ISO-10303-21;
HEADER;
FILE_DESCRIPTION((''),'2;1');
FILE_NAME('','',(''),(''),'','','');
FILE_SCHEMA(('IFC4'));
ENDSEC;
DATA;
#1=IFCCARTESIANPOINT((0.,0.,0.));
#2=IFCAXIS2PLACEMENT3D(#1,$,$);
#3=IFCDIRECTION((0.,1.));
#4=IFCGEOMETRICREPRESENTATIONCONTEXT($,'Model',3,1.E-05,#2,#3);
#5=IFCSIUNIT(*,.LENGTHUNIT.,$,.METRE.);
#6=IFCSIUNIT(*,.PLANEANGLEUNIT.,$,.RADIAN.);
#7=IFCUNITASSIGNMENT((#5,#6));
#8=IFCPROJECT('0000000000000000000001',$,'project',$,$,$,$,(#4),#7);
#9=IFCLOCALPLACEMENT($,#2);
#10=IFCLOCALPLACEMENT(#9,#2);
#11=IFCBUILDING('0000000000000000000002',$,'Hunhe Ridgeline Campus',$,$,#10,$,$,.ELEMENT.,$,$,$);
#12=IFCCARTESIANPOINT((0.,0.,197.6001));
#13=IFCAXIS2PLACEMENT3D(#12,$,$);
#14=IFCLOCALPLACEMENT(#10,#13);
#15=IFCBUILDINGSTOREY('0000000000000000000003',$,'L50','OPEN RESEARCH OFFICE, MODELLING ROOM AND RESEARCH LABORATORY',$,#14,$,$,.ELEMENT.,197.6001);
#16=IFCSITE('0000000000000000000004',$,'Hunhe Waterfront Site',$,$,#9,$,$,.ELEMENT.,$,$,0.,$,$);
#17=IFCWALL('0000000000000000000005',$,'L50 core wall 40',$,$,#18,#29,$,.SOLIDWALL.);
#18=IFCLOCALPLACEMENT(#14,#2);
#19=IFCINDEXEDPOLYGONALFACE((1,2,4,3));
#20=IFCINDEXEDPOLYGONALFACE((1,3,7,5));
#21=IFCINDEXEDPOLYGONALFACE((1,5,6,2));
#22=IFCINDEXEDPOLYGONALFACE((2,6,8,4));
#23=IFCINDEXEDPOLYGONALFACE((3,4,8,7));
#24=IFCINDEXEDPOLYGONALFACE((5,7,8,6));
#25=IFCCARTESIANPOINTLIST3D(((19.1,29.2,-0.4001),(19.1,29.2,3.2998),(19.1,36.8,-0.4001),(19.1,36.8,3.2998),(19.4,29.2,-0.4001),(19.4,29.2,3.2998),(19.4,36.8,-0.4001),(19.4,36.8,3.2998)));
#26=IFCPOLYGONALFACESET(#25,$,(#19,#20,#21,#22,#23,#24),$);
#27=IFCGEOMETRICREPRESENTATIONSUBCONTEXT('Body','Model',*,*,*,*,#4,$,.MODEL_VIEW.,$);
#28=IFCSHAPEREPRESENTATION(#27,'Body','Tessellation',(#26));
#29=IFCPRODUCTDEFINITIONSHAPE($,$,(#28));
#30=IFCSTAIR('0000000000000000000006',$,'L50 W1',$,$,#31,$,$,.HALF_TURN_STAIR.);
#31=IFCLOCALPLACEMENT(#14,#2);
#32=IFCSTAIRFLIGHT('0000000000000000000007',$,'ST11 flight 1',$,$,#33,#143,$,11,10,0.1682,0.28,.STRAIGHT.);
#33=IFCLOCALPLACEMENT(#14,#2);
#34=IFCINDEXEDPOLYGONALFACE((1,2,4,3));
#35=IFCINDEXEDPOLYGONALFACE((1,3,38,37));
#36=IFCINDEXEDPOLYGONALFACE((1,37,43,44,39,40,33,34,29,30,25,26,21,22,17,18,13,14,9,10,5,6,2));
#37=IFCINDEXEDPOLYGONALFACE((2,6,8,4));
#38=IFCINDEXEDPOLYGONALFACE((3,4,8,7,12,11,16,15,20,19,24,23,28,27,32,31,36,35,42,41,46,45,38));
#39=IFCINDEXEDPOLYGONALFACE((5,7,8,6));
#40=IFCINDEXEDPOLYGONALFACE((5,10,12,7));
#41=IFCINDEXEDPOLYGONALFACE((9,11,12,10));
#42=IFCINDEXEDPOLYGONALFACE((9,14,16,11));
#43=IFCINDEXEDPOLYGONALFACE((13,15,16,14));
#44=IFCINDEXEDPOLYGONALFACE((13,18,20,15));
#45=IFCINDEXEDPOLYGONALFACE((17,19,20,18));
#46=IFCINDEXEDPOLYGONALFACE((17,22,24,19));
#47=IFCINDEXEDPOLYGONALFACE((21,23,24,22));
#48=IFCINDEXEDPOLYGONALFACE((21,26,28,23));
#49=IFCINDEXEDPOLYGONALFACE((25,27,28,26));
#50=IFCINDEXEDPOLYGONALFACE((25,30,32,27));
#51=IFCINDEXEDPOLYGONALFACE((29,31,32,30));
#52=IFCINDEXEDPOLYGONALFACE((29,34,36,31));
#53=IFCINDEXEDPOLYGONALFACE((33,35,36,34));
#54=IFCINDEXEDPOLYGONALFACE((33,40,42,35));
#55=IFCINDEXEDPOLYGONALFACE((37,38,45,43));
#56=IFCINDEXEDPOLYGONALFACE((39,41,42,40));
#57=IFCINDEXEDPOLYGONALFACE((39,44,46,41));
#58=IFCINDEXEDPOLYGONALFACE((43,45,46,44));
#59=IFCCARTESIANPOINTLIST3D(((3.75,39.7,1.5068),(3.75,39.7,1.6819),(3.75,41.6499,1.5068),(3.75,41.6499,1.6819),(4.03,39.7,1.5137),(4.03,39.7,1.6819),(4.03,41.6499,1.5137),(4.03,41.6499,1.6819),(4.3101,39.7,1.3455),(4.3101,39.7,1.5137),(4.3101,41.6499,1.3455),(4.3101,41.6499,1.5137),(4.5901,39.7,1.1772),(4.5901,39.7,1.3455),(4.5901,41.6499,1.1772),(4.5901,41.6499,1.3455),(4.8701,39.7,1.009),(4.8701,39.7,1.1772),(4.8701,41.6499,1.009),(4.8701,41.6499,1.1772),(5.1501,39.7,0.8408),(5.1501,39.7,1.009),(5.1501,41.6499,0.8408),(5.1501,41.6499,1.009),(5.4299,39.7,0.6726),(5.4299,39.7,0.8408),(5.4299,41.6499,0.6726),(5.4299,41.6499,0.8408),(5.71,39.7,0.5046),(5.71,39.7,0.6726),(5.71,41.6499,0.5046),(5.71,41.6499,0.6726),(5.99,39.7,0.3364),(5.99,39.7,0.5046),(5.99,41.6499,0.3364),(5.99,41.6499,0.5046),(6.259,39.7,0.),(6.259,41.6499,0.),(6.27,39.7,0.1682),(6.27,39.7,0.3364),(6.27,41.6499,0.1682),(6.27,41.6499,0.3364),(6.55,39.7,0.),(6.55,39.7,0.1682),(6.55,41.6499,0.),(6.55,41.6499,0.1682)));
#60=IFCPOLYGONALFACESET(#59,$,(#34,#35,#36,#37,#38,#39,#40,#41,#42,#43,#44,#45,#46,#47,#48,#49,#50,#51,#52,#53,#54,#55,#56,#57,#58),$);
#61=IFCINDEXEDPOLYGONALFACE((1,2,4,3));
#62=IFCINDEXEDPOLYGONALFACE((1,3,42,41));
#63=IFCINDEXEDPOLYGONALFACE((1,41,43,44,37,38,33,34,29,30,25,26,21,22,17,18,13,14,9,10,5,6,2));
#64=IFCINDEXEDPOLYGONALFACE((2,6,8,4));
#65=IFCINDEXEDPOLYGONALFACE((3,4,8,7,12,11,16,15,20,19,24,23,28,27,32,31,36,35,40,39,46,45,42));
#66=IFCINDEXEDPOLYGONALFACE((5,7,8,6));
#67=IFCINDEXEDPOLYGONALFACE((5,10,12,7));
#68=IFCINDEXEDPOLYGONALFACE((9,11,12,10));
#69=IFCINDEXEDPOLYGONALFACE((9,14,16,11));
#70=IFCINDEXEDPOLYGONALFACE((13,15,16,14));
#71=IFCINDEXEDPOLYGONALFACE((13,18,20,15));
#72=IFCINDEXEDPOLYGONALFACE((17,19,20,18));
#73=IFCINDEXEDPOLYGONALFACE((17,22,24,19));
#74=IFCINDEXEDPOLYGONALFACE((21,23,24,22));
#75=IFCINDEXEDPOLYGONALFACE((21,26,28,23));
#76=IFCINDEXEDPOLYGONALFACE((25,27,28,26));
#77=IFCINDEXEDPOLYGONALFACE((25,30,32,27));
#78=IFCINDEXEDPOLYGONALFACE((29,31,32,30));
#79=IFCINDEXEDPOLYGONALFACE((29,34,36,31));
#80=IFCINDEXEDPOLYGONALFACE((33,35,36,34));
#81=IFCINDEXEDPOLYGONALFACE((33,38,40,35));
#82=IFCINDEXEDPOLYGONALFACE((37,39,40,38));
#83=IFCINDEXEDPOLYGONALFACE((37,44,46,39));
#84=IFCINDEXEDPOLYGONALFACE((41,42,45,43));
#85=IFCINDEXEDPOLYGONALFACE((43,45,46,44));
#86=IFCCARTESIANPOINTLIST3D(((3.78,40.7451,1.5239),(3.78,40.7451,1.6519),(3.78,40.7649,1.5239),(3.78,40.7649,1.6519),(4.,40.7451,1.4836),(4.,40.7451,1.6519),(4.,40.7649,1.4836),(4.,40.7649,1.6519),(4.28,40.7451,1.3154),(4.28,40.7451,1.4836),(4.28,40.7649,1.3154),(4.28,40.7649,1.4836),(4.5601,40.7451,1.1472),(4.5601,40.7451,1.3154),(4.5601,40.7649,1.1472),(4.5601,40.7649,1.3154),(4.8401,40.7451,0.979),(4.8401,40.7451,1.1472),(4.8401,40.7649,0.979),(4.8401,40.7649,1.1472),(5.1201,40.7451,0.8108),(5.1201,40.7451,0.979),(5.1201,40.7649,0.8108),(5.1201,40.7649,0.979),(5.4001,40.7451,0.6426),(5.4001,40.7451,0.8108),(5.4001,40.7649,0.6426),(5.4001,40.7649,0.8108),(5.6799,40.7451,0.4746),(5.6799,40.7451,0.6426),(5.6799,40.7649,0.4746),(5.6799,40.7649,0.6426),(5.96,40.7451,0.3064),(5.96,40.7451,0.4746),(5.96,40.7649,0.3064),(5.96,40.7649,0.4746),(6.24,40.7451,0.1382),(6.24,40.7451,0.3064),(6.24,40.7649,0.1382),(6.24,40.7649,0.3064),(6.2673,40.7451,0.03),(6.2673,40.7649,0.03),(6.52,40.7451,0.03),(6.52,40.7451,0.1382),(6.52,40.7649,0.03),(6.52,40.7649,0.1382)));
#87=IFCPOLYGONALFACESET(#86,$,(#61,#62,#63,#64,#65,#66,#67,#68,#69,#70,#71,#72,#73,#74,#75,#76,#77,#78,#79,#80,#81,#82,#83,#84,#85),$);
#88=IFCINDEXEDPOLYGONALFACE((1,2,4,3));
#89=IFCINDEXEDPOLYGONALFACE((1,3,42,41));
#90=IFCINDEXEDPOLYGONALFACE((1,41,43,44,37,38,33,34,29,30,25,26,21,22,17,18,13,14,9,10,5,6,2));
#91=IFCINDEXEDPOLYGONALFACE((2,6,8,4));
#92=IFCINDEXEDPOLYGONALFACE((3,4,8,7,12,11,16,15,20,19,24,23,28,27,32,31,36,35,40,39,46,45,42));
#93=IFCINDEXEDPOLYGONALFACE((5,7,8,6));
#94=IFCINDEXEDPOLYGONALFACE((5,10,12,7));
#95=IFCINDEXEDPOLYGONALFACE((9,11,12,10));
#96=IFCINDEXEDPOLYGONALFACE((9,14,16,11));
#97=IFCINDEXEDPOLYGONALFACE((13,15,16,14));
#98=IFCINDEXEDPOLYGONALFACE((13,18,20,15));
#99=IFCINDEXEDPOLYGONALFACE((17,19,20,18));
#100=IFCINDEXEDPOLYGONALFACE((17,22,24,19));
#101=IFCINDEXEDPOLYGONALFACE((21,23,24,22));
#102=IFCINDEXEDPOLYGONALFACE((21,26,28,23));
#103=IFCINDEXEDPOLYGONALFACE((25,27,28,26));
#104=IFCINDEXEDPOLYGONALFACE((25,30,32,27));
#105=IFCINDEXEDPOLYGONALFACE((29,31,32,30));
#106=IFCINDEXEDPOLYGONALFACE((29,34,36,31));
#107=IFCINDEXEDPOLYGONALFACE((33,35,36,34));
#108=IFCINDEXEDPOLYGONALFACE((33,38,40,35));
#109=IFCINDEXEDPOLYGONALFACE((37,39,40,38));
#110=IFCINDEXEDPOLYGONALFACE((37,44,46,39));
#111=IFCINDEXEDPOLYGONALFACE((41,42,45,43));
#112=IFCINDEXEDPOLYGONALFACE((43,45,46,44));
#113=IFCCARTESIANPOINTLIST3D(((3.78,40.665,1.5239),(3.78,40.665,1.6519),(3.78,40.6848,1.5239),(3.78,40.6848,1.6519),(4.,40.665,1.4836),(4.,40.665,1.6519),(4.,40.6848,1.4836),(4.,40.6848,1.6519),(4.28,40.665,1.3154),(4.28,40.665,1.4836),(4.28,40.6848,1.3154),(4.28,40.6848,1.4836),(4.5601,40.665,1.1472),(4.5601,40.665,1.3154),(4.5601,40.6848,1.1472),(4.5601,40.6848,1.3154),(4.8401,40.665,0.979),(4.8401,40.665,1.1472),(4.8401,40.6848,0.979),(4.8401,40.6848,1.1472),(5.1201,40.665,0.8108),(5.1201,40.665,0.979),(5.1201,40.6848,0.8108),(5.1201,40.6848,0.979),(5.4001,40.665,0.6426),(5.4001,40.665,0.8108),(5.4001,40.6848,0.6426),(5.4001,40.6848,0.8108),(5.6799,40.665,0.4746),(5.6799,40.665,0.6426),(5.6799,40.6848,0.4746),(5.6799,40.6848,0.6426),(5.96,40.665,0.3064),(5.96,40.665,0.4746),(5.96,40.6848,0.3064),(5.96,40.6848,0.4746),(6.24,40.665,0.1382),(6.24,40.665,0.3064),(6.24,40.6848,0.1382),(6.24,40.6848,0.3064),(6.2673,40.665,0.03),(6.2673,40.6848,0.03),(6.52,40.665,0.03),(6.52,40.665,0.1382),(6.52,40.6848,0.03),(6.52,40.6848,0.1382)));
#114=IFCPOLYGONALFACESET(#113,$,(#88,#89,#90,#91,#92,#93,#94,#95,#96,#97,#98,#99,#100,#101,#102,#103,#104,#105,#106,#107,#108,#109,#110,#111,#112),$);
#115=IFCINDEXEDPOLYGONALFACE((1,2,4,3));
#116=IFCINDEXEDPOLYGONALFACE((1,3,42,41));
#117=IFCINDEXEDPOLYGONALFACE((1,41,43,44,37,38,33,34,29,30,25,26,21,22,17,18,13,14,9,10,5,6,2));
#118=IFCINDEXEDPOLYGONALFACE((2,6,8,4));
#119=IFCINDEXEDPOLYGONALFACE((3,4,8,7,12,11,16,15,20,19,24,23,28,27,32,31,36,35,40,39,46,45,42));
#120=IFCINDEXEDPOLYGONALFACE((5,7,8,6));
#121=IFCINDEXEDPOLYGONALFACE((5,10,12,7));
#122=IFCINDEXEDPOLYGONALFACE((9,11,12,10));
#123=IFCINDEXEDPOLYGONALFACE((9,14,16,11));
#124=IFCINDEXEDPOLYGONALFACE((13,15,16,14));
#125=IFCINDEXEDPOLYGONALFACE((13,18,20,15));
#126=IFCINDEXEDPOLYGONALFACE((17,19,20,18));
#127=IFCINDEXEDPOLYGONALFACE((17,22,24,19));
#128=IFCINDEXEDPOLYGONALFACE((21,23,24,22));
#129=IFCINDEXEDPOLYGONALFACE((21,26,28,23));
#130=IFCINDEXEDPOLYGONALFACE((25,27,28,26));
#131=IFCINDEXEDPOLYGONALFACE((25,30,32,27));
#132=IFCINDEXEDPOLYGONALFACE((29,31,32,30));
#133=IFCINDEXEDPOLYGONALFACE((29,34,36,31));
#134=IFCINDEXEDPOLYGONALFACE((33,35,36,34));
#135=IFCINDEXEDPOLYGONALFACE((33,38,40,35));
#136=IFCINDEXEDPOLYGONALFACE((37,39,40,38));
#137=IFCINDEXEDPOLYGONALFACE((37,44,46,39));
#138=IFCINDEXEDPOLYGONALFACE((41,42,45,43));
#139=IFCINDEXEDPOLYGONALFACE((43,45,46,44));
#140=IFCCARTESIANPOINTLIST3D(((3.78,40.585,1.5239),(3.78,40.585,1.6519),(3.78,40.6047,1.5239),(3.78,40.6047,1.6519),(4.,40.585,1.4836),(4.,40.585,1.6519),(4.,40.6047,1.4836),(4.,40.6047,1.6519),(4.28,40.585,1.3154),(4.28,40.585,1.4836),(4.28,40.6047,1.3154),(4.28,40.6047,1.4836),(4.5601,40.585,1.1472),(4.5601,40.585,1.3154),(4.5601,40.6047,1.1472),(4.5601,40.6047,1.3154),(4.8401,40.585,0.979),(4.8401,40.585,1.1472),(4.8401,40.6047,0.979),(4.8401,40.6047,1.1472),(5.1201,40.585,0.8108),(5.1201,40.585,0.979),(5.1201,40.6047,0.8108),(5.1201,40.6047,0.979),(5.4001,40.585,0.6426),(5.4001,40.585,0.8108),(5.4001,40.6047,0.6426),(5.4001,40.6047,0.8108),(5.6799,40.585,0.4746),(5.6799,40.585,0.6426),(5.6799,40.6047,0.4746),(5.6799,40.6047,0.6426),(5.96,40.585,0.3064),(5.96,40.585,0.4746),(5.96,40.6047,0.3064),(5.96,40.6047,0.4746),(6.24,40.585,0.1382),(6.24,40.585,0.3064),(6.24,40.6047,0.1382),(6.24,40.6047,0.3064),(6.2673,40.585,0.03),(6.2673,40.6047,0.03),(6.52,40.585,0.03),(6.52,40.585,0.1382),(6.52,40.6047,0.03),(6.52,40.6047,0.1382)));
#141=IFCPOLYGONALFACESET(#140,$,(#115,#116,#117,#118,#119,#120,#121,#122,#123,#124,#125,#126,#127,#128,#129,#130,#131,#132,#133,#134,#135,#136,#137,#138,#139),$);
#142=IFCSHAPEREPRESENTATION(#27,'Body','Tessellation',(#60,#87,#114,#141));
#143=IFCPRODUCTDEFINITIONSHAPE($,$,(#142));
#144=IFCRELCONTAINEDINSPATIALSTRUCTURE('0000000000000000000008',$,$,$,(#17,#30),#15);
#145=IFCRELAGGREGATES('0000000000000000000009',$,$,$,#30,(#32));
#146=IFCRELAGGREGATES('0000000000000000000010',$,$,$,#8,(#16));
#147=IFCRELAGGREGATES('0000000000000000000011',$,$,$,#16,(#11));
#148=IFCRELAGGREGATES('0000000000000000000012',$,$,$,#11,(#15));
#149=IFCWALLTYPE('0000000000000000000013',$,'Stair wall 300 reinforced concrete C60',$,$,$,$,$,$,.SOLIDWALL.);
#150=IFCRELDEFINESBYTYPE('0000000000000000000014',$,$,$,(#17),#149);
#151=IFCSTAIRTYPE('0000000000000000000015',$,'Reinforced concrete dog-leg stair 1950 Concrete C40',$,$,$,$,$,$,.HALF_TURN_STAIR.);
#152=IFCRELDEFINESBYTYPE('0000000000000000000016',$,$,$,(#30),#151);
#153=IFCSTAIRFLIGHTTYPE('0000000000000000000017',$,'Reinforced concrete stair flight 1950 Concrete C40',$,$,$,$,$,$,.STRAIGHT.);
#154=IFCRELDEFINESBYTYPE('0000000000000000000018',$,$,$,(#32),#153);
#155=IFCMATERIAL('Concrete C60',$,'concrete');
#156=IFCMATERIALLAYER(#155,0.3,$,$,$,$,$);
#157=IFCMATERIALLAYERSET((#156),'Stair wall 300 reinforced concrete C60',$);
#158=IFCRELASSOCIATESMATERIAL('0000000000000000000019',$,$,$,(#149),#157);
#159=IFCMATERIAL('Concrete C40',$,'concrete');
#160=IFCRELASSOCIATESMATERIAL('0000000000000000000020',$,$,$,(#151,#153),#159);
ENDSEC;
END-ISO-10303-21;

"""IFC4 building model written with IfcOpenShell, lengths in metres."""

from ifc_helpers import new_model, si_unit, direction, frame, frame_2d, origin, place, context, subcontext, project, spatial, polyline, rectangle, outline, extrude, material, layer, layer_set, type_object, element, aggregate, save


model = new_model("IFC4")

# Units and contexts
model_context = context("Model", 3, precision=1e-05, world=origin(), true_north=direction((0.0, 1.0)))
body_context = subcontext(model_context, "Body", "Model", "MODEL_VIEW")
ifc_project = project(units=[si_unit("LENGTHUNIT", "METRE"), si_unit("PLANEANGLEUNIT", "RADIAN")], contexts=[model_context])

# Site, building, storey
site_placement = place(None, origin())
site = spatial("IfcSite", under=ifc_project, at=site_placement, Name="Hunhe Waterfront Site", CompositionType="ELEMENT", RefElevation=0.0)
building_placement = place(site_placement, origin())
building = spatial("IfcBuilding", under=site, at=building_placement, Name="Hunhe Ridgeline Campus", CompositionType="ELEMENT")
storey_placement = place(building_placement, frame((0.0, 0.0, 197.6001)))
storey = spatial("IfcBuildingStorey", under=building, at=storey_placement, Name="L50", Description="OPEN RESEARCH OFFICE, MODELLING ROOM AND RESEARCH LABORATORY", CompositionType="ELEMENT", Elevation=197.6001)

# Shared definitions
ifc_material_1 = material(Name="Concrete C60", Category="concrete")

# Wall
ifc_layer_1 = layer(ifc_material_1, 0.3)
ifc_layer_set_1 = layer_set([ifc_layer_1], Name="Stair wall 300 reinforced concrete C60")
wall_type_1 = type_object("IfcWallType", Name="Stair wall 300 reinforced concrete C60", PredefinedType="SOLIDWALL", material=ifc_layer_set_1)
wall_1_placement = place(storey_placement, frame((19.25, 29.2, -0.4001), z_axis=(0.0, 0.0, 1.0), x_axis=(0.0, 1.0, 0.0)))
element("IfcWall", 1, at=wall_1_placement, inside=storey, type_object=wall_type_1, Name="L50 core wall 40", PredefinedType="SOLIDWALL", context=body_context, shape_type="SweptSolid", body=[
    extrude(rectangle(XDim=7.6001, YDim=0.3, at=frame_2d((3.8, 0.0))), origin(), (0.0, 0.0, 1.0), 3.7),
])

# Stair, stair flight
ifc_material_2 = material(Name="Concrete C40", Category="concrete")
stair_type = type_object("IfcStairType", Name="Reinforced concrete dog-leg stair 1950 Concrete C40", PredefinedType="HALF_TURN_STAIR", material=ifc_material_2)
stair_placement = place(storey_placement, origin())
stair = element("IfcStair", 2, at=stair_placement, inside=storey, type_object=stair_type, Name="L50 W1", PredefinedType="HALF_TURN_STAIR")
stair_flight_type = type_object("IfcStairFlightType", Name="Reinforced concrete stair flight 1950 Concrete C40", PredefinedType="STRAIGHT", material=ifc_material_2)
stair_flight_placement = place(storey_placement, frame((6.55, 40.675, 0.0), z_axis=(0.0, 0.0, 1.0), x_axis=(-1.0, 0.0, 0.0)))
stair_flight = element("IfcStairFlight", 3, at=stair_flight_placement, type_object=stair_flight_type, Name="ST11 flight 1", NumberOfRisers=11, NumberOfTreads=10, PredefinedType="STRAIGHT", RiserHeight=0.1682, TreadLength=0.28, context=body_context, shape_type="SweptSolid", body=[
    extrude(outline(polyline([(0.0, 0.0), (0.0, 0.1682), (0.28, 0.1682), (0.28, 0.3364), (0.5601, 0.3364), (0.5601, 0.5046), (0.8401, 0.5046), (0.8401, 0.6726), (1.1201, 0.6726), (1.1201, 0.8408), (1.3999, 0.8408), (1.3999, 1.009), (1.6799, 1.009), (1.6799, 1.1772), (1.96, 1.1772), (1.96, 1.3455), (2.24, 1.3455), (2.24, 1.5137), (2.52, 1.5137), (2.52, 1.6819), (2.8, 1.6819), (2.8, 1.8501), (2.8, 1.5068), (0.291, 0.0), (0.0, 0.0)])), frame((0.0, 0.9751, 0.0), z_axis=(0.0, -1.0, 0.0), x_axis=(1.0, 0.0, 0.0)), (0.0, 0.0, 1.0), 1.95),
    extrude(outline(polyline([(0.03, 0.03), (0.03, 0.1382), (0.3101, 0.1382), (0.3101, 0.3064), (0.5901, 0.3064), (0.5901, 0.4746), (0.8701, 0.4746), (0.8701, 0.6426), (1.1499, 0.6426), (1.1499, 0.8108), (1.4299, 0.8108), (1.4299, 0.979), (1.71, 0.979), (1.71, 1.1472), (1.99, 1.1472), (1.99, 1.3154), (2.27, 1.3154), (2.27, 1.4836), (2.55, 1.4836), (2.55, 1.6519), (2.77, 1.6519), (2.77, 1.5239), (0.2827, 0.03), (0.03, 0.03)])), frame((0.0, -0.0701, 0.0), z_axis=(0.0, -1.0, 0.0), x_axis=(1.0, 0.0, 0.0)), (0.0, 0.0, 1.0), 0.0198),
    extrude(outline(polyline([(0.03, 0.03), (0.03, 0.1382), (0.3101, 0.1382), (0.3101, 0.3064), (0.5901, 0.3064), (0.5901, 0.4746), (0.8701, 0.4746), (0.8701, 0.6426), (1.1499, 0.6426), (1.1499, 0.8108), (1.4299, 0.8108), (1.4299, 0.979), (1.71, 0.979), (1.71, 1.1472), (1.99, 1.1472), (1.99, 1.3154), (2.27, 1.3154), (2.27, 1.4836), (2.55, 1.4836), (2.55, 1.6519), (2.77, 1.6519), (2.77, 1.5239), (0.2827, 0.03), (0.03, 0.03)])), frame((0.0, 0.01, 0.0), z_axis=(0.0, -1.0, 0.0), x_axis=(1.0, 0.0, 0.0)), (0.0, 0.0, 1.0), 0.0198),
    extrude(outline(polyline([(0.03, 0.03), (0.03, 0.1382), (0.3101, 0.1382), (0.3101, 0.3064), (0.5901, 0.3064), (0.5901, 0.4746), (0.8701, 0.4746), (0.8701, 0.6426), (1.1499, 0.6426), (1.1499, 0.8108), (1.4299, 0.8108), (1.4299, 0.979), (1.71, 0.979), (1.71, 1.1472), (1.99, 1.1472), (1.99, 1.3154), (2.27, 1.3154), (2.27, 1.4836), (2.55, 1.4836), (2.55, 1.6519), (2.77, 1.6519), (2.77, 1.5239), (0.2827, 0.03), (0.03, 0.03)])), frame((0.0, 0.0901, 0.0), z_axis=(0.0, -1.0, 0.0), x_axis=(1.0, 0.0, 0.0)), (0.0, 0.0, 1.0), 0.0198),
])
aggregate(stair, [stair_flight])

save(model, "model.ifc")
